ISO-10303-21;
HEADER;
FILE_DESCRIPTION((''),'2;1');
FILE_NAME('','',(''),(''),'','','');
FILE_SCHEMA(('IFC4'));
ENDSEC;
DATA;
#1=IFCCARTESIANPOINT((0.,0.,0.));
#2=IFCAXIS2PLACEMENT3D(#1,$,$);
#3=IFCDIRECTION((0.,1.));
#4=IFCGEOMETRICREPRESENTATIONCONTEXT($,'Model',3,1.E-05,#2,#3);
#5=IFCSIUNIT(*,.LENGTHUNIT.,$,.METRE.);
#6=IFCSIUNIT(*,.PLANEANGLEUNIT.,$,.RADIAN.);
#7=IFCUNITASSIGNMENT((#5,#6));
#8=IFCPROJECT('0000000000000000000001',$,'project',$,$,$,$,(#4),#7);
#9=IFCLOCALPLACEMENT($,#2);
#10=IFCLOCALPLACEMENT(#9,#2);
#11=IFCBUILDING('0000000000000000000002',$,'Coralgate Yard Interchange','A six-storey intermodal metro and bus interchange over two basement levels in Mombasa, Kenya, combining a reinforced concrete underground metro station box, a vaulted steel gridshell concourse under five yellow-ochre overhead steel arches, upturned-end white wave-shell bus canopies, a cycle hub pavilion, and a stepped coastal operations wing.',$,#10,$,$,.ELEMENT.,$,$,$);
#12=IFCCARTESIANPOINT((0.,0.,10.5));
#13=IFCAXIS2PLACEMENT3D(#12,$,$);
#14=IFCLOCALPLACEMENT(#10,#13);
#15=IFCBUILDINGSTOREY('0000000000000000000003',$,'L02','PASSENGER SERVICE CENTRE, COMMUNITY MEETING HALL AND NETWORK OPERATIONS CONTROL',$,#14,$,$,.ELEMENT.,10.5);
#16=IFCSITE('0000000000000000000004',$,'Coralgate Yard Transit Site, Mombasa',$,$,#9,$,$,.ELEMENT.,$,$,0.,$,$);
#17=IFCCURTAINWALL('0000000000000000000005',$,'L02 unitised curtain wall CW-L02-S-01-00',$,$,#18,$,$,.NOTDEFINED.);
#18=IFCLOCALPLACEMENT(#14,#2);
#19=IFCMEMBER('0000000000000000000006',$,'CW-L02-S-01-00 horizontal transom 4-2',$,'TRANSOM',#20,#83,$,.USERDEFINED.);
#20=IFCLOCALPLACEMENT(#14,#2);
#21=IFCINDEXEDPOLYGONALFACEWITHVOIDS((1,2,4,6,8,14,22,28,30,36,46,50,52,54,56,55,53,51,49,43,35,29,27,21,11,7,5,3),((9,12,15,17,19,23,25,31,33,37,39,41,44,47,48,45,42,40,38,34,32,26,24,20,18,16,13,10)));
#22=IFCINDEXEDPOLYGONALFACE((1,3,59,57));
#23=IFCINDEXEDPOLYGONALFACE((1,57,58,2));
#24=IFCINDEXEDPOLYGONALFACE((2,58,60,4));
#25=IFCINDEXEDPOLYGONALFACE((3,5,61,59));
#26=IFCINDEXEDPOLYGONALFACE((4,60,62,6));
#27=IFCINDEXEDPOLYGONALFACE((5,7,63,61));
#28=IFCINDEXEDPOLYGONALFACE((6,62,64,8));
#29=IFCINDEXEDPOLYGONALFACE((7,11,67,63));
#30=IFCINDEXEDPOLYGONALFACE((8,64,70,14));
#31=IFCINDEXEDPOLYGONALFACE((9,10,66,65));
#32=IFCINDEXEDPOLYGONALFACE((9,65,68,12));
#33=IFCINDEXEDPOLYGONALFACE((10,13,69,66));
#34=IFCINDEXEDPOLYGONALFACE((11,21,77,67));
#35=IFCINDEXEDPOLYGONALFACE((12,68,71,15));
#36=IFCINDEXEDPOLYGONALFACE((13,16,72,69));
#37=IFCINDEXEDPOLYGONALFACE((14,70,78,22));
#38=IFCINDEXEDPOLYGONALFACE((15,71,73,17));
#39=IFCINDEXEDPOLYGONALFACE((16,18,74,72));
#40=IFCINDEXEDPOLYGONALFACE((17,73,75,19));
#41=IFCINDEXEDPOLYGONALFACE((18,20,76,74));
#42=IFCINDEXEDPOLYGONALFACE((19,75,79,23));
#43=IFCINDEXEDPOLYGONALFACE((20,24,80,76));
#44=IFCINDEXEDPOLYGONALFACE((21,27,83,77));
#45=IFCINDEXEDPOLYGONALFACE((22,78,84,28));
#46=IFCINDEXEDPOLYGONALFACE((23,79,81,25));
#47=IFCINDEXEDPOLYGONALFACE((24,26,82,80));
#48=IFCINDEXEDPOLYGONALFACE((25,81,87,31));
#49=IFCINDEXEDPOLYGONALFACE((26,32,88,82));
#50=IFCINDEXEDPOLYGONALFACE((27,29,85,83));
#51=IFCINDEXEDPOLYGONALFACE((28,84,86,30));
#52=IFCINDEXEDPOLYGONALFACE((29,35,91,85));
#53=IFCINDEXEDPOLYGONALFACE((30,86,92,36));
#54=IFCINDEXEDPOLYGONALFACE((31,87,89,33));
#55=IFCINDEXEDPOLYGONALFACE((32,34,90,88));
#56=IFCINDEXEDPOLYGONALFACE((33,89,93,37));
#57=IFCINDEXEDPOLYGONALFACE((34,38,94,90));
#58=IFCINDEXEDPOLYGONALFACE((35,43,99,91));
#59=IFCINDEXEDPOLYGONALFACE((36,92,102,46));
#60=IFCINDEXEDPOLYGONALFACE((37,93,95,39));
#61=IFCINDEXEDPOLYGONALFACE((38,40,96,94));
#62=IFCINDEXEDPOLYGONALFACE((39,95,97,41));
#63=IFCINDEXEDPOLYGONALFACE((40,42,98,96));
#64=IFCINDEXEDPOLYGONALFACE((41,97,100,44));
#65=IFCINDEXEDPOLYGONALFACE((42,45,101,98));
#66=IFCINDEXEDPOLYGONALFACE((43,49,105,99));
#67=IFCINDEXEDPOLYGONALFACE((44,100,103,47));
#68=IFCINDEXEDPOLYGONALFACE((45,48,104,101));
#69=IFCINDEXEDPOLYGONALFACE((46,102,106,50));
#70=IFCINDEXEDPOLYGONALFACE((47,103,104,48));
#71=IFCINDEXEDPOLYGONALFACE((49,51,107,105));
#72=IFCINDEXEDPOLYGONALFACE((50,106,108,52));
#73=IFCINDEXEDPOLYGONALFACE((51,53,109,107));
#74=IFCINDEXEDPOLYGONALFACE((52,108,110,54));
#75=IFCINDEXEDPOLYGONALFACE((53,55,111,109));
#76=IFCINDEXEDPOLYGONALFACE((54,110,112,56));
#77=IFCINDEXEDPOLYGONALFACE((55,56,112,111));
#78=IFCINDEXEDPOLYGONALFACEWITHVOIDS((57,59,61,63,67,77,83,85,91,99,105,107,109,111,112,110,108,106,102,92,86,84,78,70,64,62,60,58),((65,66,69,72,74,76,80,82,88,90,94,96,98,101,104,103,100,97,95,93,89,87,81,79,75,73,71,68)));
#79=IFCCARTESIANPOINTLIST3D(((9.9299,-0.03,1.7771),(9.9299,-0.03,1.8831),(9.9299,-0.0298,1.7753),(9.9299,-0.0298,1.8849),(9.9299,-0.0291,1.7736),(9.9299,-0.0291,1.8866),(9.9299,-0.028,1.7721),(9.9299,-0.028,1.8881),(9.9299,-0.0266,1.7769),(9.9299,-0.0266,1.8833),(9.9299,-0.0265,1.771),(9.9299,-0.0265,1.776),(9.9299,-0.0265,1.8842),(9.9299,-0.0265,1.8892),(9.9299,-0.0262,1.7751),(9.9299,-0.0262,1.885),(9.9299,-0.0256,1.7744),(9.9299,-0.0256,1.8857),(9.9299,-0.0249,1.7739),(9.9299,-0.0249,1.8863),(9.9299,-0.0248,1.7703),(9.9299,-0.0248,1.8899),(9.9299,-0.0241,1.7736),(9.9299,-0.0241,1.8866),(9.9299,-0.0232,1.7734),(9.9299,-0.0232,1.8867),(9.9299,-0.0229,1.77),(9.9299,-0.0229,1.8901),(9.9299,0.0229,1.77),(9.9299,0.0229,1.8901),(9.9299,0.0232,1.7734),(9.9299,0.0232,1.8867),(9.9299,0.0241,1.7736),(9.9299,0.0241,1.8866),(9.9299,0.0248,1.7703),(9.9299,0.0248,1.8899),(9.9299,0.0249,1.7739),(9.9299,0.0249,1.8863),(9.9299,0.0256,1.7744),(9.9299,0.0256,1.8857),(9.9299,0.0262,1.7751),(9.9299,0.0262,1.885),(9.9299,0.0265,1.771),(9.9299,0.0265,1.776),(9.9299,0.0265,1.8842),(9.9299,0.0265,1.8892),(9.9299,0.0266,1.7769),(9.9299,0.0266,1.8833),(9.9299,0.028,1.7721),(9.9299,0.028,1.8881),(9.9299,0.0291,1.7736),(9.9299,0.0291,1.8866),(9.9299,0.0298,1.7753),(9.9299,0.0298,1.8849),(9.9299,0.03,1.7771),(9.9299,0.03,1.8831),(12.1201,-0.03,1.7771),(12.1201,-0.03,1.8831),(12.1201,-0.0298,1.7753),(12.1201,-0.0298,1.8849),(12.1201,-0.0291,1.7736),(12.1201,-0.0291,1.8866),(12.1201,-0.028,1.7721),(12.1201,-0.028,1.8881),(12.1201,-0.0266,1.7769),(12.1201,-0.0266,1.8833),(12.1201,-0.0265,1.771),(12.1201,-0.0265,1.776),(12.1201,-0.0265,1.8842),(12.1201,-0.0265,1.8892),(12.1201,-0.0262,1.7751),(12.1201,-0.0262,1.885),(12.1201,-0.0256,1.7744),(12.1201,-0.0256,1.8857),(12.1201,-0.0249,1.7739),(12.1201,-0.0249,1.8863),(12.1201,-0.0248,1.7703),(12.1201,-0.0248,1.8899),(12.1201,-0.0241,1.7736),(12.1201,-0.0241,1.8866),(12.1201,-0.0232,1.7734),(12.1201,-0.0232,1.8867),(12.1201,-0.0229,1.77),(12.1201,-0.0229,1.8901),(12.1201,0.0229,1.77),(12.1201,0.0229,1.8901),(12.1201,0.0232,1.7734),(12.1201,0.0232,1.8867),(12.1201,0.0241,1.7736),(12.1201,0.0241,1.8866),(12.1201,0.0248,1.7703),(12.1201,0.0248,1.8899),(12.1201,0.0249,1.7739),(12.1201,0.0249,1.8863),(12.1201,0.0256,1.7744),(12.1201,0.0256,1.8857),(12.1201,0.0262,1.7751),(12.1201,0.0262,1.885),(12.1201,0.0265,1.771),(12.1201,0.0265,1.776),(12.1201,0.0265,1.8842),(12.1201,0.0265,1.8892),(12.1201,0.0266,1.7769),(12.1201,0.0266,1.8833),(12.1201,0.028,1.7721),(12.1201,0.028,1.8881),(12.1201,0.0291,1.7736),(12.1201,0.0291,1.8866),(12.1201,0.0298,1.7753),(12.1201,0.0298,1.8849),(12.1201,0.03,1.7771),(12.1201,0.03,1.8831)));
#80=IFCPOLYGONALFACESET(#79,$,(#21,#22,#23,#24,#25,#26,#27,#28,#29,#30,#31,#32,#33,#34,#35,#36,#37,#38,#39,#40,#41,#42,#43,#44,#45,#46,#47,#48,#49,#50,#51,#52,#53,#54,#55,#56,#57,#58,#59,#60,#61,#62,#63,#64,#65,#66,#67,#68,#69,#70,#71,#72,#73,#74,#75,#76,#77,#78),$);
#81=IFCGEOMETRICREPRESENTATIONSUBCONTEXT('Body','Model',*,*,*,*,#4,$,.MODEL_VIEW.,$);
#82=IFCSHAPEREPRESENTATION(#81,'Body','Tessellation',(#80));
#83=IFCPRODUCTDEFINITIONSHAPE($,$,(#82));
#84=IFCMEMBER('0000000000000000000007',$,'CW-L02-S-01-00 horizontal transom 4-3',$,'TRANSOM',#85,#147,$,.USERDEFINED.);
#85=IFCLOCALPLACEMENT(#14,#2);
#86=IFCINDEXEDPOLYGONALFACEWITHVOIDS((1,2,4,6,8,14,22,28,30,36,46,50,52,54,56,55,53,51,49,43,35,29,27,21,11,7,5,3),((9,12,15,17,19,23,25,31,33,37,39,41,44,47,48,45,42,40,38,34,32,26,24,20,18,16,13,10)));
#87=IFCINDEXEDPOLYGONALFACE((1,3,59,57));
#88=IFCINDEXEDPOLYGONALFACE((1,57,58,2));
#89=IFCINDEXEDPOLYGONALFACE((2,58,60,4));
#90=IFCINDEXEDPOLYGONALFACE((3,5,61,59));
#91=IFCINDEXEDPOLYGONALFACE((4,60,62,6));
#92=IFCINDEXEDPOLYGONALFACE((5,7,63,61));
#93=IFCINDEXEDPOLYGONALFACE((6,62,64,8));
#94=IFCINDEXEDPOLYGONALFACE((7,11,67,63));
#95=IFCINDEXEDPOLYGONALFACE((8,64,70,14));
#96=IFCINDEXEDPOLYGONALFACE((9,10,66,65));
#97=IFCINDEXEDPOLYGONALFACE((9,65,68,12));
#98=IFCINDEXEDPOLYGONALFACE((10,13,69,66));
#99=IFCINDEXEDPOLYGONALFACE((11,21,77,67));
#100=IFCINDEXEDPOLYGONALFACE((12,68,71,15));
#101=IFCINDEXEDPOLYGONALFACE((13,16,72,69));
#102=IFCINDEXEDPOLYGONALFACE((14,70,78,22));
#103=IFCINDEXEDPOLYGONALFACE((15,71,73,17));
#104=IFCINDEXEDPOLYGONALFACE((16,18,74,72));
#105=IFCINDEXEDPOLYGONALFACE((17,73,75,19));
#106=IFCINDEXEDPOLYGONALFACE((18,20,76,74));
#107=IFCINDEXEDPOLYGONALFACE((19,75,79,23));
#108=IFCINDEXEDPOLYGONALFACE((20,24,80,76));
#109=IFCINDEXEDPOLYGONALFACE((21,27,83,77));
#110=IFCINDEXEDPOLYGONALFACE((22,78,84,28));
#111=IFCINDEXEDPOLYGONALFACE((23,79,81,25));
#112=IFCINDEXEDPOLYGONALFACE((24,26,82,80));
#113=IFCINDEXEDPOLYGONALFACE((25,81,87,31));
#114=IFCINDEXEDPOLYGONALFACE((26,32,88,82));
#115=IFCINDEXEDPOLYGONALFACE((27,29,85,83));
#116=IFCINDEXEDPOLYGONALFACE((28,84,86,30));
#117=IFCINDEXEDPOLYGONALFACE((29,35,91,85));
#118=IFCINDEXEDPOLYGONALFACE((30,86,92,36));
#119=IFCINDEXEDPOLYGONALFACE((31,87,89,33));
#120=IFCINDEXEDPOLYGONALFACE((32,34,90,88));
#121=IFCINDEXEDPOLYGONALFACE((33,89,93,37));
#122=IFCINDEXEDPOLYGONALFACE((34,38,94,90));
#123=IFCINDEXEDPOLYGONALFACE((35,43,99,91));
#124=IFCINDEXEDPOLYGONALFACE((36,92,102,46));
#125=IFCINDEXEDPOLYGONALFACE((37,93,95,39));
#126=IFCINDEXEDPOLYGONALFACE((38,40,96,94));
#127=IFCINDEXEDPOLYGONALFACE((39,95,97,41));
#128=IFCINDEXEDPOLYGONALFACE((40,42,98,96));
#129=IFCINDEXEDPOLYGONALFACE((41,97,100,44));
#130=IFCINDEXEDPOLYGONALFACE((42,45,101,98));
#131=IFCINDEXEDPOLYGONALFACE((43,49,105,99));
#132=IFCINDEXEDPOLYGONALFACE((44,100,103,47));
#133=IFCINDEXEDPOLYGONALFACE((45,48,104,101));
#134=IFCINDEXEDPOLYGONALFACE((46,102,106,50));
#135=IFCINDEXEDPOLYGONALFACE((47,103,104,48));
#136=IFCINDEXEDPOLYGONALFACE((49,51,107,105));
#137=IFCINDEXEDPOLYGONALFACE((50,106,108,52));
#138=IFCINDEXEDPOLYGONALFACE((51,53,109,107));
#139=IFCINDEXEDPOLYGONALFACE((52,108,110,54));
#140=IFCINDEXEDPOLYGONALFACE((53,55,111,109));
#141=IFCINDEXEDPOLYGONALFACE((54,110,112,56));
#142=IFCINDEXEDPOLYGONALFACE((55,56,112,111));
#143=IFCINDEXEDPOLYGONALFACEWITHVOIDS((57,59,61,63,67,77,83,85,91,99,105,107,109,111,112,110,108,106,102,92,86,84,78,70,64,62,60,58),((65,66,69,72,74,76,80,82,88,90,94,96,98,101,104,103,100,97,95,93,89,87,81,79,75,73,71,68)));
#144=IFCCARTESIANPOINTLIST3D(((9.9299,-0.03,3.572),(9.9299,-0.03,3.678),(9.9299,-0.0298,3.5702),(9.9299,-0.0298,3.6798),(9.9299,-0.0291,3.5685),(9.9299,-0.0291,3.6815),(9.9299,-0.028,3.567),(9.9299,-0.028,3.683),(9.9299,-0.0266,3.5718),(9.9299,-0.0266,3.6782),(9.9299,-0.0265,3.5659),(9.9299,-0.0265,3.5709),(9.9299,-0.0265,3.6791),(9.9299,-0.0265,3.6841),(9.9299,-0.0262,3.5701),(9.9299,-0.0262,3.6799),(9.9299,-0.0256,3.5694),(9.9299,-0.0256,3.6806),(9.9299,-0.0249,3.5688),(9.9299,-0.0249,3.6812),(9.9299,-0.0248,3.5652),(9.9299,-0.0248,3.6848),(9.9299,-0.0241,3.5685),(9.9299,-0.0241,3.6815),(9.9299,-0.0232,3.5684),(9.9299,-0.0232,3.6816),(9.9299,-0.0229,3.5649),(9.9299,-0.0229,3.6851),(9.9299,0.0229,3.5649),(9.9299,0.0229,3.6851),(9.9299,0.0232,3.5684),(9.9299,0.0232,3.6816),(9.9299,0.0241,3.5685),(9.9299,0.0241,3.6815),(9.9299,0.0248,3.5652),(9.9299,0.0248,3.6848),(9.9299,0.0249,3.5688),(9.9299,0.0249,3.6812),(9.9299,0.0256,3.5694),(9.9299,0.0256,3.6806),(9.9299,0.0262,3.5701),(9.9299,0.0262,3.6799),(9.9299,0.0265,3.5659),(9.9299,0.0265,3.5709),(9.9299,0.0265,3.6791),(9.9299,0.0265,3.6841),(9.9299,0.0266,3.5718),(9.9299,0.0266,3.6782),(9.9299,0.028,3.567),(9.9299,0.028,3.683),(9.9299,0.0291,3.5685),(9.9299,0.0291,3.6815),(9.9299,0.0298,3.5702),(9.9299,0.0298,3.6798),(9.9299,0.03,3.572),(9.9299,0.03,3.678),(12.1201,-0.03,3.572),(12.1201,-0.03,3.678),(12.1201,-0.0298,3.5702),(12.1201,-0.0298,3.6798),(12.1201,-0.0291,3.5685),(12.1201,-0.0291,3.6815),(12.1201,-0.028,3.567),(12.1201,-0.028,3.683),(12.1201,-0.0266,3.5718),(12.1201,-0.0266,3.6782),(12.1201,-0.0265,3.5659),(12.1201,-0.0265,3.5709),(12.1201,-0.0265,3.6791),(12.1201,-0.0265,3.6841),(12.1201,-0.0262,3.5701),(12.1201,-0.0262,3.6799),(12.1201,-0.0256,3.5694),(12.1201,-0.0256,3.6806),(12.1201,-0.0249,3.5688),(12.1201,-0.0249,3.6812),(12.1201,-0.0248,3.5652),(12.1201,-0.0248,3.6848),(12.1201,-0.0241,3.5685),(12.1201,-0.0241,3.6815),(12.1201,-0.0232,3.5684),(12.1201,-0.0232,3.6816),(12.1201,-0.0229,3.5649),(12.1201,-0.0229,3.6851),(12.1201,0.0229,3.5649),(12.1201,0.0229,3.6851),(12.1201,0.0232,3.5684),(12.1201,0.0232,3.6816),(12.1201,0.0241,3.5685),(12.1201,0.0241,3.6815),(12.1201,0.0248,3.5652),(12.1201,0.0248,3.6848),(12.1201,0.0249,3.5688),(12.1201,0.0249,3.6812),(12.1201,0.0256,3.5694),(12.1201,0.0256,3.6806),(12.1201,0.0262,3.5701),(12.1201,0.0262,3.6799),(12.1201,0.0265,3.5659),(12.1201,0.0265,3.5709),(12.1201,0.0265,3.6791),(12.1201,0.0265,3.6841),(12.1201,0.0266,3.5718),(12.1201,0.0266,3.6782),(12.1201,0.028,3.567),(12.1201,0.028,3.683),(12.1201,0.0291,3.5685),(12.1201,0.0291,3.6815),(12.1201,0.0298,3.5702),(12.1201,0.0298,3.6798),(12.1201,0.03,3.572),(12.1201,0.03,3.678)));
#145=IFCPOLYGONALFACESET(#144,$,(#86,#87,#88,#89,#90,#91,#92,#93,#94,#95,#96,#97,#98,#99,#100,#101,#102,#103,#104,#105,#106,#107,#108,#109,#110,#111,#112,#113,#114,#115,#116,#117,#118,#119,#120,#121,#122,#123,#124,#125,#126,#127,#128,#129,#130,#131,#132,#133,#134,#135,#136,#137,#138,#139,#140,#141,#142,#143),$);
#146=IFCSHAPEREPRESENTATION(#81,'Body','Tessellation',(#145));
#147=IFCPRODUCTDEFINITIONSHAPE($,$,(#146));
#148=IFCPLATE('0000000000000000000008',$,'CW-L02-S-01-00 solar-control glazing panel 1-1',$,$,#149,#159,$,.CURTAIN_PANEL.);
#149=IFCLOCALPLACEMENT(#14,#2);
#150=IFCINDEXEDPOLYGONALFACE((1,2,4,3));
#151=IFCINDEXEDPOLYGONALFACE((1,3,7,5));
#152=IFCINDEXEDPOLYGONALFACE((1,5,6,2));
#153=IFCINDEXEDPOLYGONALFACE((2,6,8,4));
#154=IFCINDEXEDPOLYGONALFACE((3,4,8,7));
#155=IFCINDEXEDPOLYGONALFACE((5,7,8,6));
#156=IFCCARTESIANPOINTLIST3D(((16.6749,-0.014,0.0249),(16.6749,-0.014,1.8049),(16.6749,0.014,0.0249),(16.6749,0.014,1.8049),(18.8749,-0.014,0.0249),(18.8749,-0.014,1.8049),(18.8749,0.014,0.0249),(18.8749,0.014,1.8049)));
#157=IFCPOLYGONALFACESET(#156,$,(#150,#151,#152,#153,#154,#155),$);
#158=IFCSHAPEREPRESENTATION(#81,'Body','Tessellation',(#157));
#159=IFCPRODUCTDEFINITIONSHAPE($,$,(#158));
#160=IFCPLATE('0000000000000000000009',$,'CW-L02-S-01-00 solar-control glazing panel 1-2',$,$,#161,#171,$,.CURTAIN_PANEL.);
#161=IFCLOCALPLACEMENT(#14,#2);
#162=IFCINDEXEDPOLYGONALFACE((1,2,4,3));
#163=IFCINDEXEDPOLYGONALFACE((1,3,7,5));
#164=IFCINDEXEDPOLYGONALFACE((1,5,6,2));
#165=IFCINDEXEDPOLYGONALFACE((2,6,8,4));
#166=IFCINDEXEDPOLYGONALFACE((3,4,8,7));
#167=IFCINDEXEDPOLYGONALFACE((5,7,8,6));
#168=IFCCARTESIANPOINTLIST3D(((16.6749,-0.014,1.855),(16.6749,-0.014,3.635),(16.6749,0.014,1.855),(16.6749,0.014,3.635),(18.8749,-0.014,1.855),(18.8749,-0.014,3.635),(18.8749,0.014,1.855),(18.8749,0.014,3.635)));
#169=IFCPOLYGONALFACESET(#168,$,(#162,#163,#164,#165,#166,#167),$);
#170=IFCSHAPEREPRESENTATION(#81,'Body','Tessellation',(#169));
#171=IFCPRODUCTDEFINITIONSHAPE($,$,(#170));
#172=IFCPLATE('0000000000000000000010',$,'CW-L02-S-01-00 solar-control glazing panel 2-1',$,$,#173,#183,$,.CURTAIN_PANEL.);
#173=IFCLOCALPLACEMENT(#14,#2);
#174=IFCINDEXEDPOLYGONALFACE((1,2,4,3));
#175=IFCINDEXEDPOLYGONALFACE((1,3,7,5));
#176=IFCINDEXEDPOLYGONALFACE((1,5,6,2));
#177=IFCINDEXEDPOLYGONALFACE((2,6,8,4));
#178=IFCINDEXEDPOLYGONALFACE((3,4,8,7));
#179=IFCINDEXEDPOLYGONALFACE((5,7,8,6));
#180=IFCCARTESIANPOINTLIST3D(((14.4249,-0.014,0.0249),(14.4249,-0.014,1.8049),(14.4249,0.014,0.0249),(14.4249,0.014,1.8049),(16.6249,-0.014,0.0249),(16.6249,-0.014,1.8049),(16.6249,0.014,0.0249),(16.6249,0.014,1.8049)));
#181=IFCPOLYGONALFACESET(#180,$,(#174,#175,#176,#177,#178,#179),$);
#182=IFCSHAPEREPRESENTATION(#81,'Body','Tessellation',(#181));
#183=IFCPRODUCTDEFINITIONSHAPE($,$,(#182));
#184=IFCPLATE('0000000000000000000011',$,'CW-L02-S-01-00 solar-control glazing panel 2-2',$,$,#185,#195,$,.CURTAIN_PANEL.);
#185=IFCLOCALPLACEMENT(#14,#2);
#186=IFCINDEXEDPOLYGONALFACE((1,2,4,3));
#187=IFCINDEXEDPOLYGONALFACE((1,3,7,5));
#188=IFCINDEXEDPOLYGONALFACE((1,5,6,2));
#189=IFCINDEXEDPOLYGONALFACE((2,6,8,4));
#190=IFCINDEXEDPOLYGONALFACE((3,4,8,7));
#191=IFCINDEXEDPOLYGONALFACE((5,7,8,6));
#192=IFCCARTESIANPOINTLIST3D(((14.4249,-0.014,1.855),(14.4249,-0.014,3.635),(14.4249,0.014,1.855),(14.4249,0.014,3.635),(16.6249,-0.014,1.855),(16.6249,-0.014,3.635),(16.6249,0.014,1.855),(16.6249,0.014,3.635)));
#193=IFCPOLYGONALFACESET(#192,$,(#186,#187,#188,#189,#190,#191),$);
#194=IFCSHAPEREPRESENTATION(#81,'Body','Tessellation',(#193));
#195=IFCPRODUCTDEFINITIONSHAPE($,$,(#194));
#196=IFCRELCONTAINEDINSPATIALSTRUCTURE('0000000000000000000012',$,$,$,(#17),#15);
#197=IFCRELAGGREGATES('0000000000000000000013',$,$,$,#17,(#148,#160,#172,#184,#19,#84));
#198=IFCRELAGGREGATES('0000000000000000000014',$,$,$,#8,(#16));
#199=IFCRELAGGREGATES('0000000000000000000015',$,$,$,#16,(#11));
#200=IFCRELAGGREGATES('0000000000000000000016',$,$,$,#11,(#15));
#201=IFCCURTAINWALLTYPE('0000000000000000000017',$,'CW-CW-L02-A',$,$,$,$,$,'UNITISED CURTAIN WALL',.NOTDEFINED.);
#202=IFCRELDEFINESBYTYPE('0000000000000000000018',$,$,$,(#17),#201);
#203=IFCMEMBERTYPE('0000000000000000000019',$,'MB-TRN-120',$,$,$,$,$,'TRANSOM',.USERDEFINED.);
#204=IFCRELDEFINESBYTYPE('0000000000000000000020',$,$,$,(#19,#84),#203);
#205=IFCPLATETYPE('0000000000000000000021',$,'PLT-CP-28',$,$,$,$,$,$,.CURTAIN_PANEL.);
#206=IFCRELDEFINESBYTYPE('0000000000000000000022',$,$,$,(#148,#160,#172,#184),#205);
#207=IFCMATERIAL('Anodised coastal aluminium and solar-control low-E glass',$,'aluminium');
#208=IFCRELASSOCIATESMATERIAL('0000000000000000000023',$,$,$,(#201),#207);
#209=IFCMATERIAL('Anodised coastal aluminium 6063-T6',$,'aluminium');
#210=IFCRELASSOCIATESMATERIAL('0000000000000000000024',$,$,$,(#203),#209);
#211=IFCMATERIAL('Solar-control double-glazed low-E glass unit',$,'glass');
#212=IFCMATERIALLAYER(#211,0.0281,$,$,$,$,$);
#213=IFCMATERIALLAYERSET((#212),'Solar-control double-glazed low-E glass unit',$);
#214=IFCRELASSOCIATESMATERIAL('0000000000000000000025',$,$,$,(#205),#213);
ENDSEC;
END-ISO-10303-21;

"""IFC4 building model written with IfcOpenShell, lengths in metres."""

from ifc_helpers import new_model, si_unit, direction, frame, origin, origin_2d, place, context, subcontext, project, spatial, rectangle, hollow_rectangle, extrude, material, layer, layer_set, material_profile, profile_set, type_object, element, aggregate, save


model = new_model("IFC4")

# Units and contexts
model_context = context("Model", 3, precision=1e-05, world=origin(), true_north=direction((0.0, 1.0)))
body_context = subcontext(model_context, "Body", "Model", "MODEL_VIEW")
ifc_project = project(units=[si_unit("LENGTHUNIT", "METRE"), si_unit("PLANEANGLEUNIT", "RADIAN")], contexts=[model_context])

# Site, building, storey
site_placement = place(None, origin())
site = spatial("IfcSite", under=ifc_project, at=site_placement, Name="Coralgate Yard Transit Site, Mombasa", CompositionType="ELEMENT", RefElevation=0.0)
building_placement = place(site_placement, origin())
building = spatial("IfcBuilding", under=site, at=building_placement, Name="Coralgate Yard Interchange", Description="A six-storey intermodal metro and bus interchange over two basement levels in Mombasa, Kenya, combining a reinforced concrete underground metro station box, a vaulted steel gridshell concourse under five yellow-ochre overhead steel arches, upturned-end white wave-shell bus canopies, a cycle hub pavilion, and a stepped coastal operations wing.", CompositionType="ELEMENT")
storey_placement = place(building_placement, frame((0.0, 0.0, 10.5)))
storey = spatial("IfcBuildingStorey", under=building, at=storey_placement, Name="L02", Description="PASSENGER SERVICE CENTRE, COMMUNITY MEETING HALL AND NETWORK OPERATIONS CONTROL", CompositionType="ELEMENT", Elevation=10.5)

# Curtain wall, members, plates
ifc_material_1 = material(Name="Anodised coastal aluminium and solar-control low-E glass", Category="aluminium")
curtain_wall_type = type_object("IfcCurtainWallType", Name="CW-CW-L02-A", ElementType="UNITISED CURTAIN WALL", PredefinedType="NOTDEFINED", material=ifc_material_1)
curtain_wall_placement = place(storey_placement, origin())
curtain_wall = element("IfcCurtainWall", 1, at=curtain_wall_placement, inside=storey, type_object=curtain_wall_type, Name="L02 unitised curtain wall CW-L02-S-01-00", PredefinedType="NOTDEFINED")
ifc_material_2 = material(Name="Anodised coastal aluminium 6063-T6", Category="aluminium")
ifc_material_profile_1 = material_profile(ifc_material_2, hollow_rectangle(XDim=0.0601, YDim=0.1201, WallThickness=0.0034, InnerFilletRadius=0.0034, OuterFilletRadius=0.0071, at=origin_2d()), Name="ALU 60x120x3.5")
ifc_profile_set_1 = profile_set([ifc_material_profile_1], Name="Anodised coastal aluminium 6063-T6")
member_type_1 = type_object("IfcMemberType", Name="MB-TRN-120", ElementType="TRANSOM", PredefinedType="USERDEFINED", material=ifc_profile_set_1)
member_1_placement = place(storey_placement, frame((12.1201, 0.0, 1.8301), z_axis=(-1.0, 0.0, 0.0), x_axis=(0.0, -1.0, 0.0)))
member_1 = element("IfcMember", 2, at=member_1_placement, type_object=member_type_1, Name="CW-L02-S-01-00 horizontal transom 4-2", ObjectType="TRANSOM", PredefinedType="USERDEFINED", context=body_context, shape_type="SweptSolid", body=[
    extrude(hollow_rectangle(XDim=0.0601, YDim=0.1201, WallThickness=0.0034, InnerFilletRadius=0.0034, OuterFilletRadius=0.0071, at=origin_2d()), origin(), (0.0, 0.0, 1.0), 2.1902),
])
member_2_placement = place(storey_placement, frame((12.1201, 0.0, 3.625), z_axis=(-1.0, 0.0, 0.0), x_axis=(0.0, -1.0, 0.0)))
member_2 = element("IfcMember", 3, at=member_2_placement, type_object=member_type_1, Name="CW-L02-S-01-00 horizontal transom 4-3", ObjectType="TRANSOM", PredefinedType="USERDEFINED", context=body_context, shape_type="SweptSolid", body=[
    extrude(hollow_rectangle(XDim=0.0601, YDim=0.1201, WallThickness=0.0034, InnerFilletRadius=0.0034, OuterFilletRadius=0.0071, at=origin_2d()), origin(), (0.0, 0.0, 1.0), 2.1902),
])
ifc_material_3 = material(Name="Solar-control double-glazed low-E glass unit", Category="glass")
ifc_layer_1 = layer(ifc_material_3, 0.0281)
ifc_layer_set_1 = layer_set([ifc_layer_1], Name="Solar-control double-glazed low-E glass unit")
plate_type = type_object("IfcPlateType", Name="PLT-CP-28", PredefinedType="CURTAIN_PANEL", material=ifc_layer_set_1)
plate_1_placement = place(storey_placement, frame((17.7749, 0.0, 0.0249), z_axis=(0.0, 0.0, 1.0), x_axis=(-1.0, 0.0, 0.0)))
plate_1 = element("IfcPlate", 4, at=plate_1_placement, type_object=plate_type, Name="CW-L02-S-01-00 solar-control glazing panel 1-1", PredefinedType="CURTAIN_PANEL", context=body_context, shape_type="SweptSolid", body=[
    extrude(rectangle(XDim=2.2, YDim=0.0281, at=origin_2d()), origin(), (0.0, 0.0, 1.0), 1.78),
])
plate_2_placement = place(storey_placement, frame((17.7749, 0.0, 1.855), z_axis=(0.0, 0.0, 1.0), x_axis=(-1.0, 0.0, 0.0)))
plate_2 = element("IfcPlate", 5, at=plate_2_placement, type_object=plate_type, Name="CW-L02-S-01-00 solar-control glazing panel 1-2", PredefinedType="CURTAIN_PANEL", context=body_context, shape_type="SweptSolid", body=[
    extrude(rectangle(XDim=2.2, YDim=0.0281, at=origin_2d()), origin(), (0.0, 0.0, 1.0), 1.78),
])
plate_3_placement = place(storey_placement, frame((15.5249, 0.0, 0.0249), z_axis=(0.0, 0.0, 1.0), x_axis=(-1.0, 0.0, 0.0)))
plate_3 = element("IfcPlate", 6, at=plate_3_placement, type_object=plate_type, Name="CW-L02-S-01-00 solar-control glazing panel 2-1", PredefinedType="CURTAIN_PANEL", context=body_context, shape_type="SweptSolid", body=[
    extrude(rectangle(XDim=2.2, YDim=0.0281, at=origin_2d()), origin(), (0.0, 0.0, 1.0), 1.78),
])
plate_4_placement = place(storey_placement, frame((15.5249, 0.0, 1.855), z_axis=(0.0, 0.0, 1.0), x_axis=(-1.0, 0.0, 0.0)))
plate_4 = element("IfcPlate", 7, at=plate_4_placement, type_object=plate_type, Name="CW-L02-S-01-00 solar-control glazing panel 2-2", PredefinedType="CURTAIN_PANEL", context=body_context, shape_type="SweptSolid", body=[
    extrude(rectangle(XDim=2.2, YDim=0.0281, at=origin_2d()), origin(), (0.0, 0.0, 1.0), 1.78),
])
aggregate(curtain_wall, [plate_1, plate_2, plate_3, plate_4, member_1, member_2])

save(model, "model.ifc")
